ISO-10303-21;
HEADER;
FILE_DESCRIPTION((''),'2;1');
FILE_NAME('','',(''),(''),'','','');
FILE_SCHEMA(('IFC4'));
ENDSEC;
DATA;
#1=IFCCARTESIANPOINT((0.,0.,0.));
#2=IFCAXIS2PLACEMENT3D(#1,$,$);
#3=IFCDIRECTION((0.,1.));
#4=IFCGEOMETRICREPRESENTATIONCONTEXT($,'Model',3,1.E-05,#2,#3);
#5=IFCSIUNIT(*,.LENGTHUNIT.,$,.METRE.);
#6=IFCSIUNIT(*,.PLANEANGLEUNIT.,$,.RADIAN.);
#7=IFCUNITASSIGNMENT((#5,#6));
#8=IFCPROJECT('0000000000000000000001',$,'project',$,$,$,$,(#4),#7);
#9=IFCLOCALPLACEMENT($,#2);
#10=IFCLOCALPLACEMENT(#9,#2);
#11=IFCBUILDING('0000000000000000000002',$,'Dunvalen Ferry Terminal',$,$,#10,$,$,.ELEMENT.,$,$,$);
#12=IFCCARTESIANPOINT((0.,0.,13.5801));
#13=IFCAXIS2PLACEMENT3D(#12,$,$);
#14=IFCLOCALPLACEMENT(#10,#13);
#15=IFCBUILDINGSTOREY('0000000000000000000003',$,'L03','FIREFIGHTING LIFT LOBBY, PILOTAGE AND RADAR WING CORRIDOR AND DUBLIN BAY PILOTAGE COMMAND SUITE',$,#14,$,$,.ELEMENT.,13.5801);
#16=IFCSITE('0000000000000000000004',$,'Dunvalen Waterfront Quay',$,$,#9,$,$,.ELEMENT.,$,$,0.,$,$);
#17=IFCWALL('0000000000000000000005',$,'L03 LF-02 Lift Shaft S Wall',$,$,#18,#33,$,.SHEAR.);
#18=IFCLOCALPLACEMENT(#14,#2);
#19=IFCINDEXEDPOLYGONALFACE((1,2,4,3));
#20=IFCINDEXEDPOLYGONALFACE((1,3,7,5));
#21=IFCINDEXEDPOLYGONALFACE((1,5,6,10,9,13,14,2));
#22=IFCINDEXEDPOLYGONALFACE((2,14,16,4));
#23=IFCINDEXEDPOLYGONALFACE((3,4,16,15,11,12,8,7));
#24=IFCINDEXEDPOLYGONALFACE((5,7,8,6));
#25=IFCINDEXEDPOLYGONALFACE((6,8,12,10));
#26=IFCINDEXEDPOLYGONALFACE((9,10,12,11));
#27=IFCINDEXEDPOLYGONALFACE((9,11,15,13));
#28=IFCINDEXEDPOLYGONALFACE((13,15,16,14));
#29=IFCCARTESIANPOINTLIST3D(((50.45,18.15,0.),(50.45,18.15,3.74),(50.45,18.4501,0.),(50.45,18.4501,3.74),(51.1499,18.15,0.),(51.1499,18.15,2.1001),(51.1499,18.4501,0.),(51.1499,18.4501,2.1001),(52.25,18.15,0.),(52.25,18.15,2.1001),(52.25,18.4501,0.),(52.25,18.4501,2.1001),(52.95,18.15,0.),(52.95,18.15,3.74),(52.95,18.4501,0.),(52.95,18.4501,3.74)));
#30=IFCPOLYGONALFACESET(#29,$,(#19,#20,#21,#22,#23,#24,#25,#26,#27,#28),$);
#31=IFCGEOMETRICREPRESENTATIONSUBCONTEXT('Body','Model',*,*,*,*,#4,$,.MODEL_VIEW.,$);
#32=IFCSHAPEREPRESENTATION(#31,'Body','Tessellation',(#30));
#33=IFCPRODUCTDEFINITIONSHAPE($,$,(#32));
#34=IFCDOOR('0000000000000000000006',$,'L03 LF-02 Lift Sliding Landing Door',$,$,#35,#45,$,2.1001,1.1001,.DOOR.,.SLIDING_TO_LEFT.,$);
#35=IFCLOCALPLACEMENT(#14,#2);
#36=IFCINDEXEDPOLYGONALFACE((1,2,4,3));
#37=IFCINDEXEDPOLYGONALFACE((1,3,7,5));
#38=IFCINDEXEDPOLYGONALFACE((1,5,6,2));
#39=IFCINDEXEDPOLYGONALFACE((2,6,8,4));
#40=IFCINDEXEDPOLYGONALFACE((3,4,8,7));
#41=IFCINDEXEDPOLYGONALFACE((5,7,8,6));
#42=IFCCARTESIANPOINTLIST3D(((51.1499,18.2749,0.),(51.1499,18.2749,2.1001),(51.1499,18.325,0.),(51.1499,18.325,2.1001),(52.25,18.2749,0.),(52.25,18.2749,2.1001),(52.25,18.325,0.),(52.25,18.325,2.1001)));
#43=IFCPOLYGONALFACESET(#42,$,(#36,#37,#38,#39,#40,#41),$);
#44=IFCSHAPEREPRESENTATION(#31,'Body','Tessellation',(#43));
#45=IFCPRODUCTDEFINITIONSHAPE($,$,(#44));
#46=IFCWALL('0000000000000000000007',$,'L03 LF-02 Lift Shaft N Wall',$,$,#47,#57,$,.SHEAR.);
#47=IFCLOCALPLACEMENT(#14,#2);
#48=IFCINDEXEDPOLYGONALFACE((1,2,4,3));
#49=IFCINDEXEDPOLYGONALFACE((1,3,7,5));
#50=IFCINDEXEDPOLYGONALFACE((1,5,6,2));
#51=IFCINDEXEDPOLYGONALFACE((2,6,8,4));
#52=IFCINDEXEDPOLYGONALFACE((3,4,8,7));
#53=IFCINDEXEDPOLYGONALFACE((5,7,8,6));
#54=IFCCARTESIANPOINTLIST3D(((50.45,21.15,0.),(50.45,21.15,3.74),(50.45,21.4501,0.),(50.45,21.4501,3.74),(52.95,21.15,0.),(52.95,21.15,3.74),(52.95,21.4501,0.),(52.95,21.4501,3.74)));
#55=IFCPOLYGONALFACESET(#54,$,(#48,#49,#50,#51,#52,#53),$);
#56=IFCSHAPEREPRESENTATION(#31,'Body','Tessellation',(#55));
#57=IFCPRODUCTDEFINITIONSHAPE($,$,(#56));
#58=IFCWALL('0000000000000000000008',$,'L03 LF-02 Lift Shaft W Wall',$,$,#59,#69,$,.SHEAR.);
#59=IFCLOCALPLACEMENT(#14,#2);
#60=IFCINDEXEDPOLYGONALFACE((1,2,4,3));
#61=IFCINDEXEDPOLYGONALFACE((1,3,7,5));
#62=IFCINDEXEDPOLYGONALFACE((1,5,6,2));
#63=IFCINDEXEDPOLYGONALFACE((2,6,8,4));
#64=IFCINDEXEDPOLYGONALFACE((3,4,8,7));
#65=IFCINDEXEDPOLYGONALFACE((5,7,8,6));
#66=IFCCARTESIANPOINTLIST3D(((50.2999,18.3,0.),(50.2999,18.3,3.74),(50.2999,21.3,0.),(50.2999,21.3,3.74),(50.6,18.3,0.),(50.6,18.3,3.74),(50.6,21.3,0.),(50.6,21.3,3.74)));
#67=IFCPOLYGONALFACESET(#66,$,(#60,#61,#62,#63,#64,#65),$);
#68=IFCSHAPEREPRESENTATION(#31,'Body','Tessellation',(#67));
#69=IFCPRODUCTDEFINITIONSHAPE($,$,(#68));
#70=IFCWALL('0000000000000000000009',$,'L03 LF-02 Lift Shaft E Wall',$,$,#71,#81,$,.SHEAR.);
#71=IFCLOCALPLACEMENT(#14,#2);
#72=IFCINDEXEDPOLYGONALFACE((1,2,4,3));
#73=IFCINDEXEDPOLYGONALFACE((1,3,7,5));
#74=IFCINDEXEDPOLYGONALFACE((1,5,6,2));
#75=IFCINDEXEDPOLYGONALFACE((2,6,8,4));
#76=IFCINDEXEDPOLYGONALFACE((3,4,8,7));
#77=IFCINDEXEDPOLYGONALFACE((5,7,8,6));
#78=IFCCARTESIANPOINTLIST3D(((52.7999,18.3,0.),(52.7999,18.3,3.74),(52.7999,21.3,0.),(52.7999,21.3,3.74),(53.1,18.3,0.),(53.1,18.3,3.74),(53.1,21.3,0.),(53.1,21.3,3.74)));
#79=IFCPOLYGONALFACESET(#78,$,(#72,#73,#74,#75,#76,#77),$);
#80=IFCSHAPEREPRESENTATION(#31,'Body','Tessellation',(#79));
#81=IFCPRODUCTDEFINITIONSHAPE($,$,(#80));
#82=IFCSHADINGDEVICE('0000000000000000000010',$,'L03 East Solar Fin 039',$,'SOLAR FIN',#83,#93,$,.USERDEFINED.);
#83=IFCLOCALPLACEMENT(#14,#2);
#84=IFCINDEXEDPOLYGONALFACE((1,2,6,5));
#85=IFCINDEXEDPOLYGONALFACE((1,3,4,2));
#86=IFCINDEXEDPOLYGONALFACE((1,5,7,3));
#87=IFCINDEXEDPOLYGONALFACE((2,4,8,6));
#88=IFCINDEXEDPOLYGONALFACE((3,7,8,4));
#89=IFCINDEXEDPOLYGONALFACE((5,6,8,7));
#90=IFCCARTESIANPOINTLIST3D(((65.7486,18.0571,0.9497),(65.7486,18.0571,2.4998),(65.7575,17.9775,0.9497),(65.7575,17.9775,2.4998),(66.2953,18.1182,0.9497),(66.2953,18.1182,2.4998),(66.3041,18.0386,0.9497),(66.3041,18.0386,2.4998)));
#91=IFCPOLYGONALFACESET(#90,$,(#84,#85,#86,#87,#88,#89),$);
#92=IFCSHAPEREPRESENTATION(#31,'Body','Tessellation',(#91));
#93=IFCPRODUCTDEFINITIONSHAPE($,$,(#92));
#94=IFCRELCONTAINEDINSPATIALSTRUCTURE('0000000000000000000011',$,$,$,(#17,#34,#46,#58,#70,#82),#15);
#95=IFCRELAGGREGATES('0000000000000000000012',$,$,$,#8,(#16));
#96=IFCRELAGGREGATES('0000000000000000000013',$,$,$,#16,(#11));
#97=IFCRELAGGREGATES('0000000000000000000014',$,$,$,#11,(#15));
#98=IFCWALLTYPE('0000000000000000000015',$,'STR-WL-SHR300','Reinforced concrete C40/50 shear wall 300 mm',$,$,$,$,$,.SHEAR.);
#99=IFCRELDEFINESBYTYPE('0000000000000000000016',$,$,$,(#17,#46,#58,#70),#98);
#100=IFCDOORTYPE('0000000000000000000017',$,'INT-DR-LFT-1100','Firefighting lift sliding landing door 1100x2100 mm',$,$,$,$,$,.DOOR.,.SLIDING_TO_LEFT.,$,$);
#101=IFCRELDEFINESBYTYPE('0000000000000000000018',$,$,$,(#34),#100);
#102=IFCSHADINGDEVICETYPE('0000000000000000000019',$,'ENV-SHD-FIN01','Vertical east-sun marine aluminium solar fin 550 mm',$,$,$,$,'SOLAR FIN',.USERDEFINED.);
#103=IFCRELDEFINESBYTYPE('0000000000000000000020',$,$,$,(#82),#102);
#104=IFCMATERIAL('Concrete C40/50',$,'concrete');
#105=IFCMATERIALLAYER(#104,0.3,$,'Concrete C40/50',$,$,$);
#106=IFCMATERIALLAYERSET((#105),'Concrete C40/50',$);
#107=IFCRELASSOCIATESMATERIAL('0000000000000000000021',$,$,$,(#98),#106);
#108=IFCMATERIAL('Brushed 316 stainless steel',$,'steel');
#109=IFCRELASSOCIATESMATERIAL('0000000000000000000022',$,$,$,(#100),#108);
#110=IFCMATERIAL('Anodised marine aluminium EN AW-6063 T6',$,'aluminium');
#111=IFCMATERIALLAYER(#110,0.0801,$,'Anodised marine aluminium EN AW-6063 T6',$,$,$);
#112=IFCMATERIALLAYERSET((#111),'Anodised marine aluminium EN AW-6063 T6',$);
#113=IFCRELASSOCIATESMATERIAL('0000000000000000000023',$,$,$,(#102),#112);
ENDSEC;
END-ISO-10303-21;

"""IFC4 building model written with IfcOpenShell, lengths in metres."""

from ifc_helpers import new_model, si_unit, direction, frame, frame_2d, origin, origin_2d, place, context, subcontext, project, spatial, rectangle, extrude, material, layer, layer_set, type_object, element, fill, save


model = new_model("IFC4")

# Units and contexts
model_context = context("Model", 3, precision=1e-05, world=origin(), true_north=direction((0.0, 1.0)))
body_context = subcontext(model_context, "Body", "Model", "MODEL_VIEW")
ifc_project = project(units=[si_unit("LENGTHUNIT", "METRE"), si_unit("PLANEANGLEUNIT", "RADIAN")], contexts=[model_context])

# Site, building, storey
site_placement = place(None, origin())
site = spatial("IfcSite", under=ifc_project, at=site_placement, Name="Dunvalen Waterfront Quay", CompositionType="ELEMENT", RefElevation=0.0)
building_placement = place(site_placement, origin())
building = spatial("IfcBuilding", under=site, at=building_placement, Name="Dunvalen Ferry Terminal", CompositionType="ELEMENT")
storey_placement = place(building_placement, frame((0.0, 0.0, 13.5801)))
storey = spatial("IfcBuildingStorey", under=building, at=storey_placement, Name="L03", Description="FIREFIGHTING LIFT LOBBY, PILOTAGE AND RADAR WING CORRIDOR AND DUBLIN BAY PILOTAGE COMMAND SUITE", CompositionType="ELEMENT", Elevation=13.5801)

# Shared definitions
ifc_material_1 = material(Name="Concrete C40/50", Category="concrete")

# Shared definitions
ifc_layer_1 = layer(ifc_material_1, 0.3, Name="Concrete C40/50")
ifc_layer_set_1 = layer_set([ifc_layer_1], Name="Concrete C40/50")
wall_type_1 = type_object("IfcWallType", Name="STR-WL-SHR300", Description="Reinforced concrete C40/50 shear wall 300 mm", PredefinedType="SHEAR", material=ifc_layer_set_1)

# Wall, opening, door
wall_1_placement = place(storey_placement, frame((50.45, 18.3, 0.0), z_axis=(0.0, 0.0, 1.0), x_axis=(1.0, 0.0, 0.0)))
wall_1 = element("IfcWall", 1, at=wall_1_placement, inside=storey, type_object=wall_type_1, Name="L03 LF-02 Lift Shaft S Wall", PredefinedType="SHEAR", context=body_context, shape_type="SweptSolid", body=[
    extrude(rectangle(XDim=2.5, YDim=0.3, at=frame_2d((1.25, 0.0))), origin(), (0.0, 0.0, 1.0), 3.74),
])
opening_1_placement = place(wall_1_placement, frame((0.7, 0.0, 0.0)))
opening_1 = element("IfcOpeningElement", 2, at=opening_1_placement, cuts=wall_1, PredefinedType="OPENING", context=body_context, shape_type="SweptSolid", body=[
    extrude(rectangle(XDim=1.1001, YDim=2.1001, at=frame_2d((0.55, 1.05))), frame((0.0, 0.1602, 0.0), z_axis=(0.0, -1.0, 0.0), x_axis=(1.0, 0.0, 0.0)), (0.0, 0.0, 1.0), 0.3201),
])
ifc_material_2 = material(Name="Brushed 316 stainless steel", Category="steel")
door_type_1 = type_object("IfcDoorType", Name="INT-DR-LFT-1100", Description="Firefighting lift sliding landing door 1100x2100 mm", OperationType="SLIDING_TO_LEFT", PredefinedType="DOOR", material=ifc_material_2)
door_1_placement = place(opening_1_placement, origin())
door_1 = element("IfcDoor", 3, at=door_1_placement, inside=storey, type_object=door_type_1, Name="L03 LF-02 Lift Sliding Landing Door", OperationType="SLIDING_TO_LEFT", OverallHeight=2.1001, OverallWidth=1.1001, PredefinedType="DOOR", context=body_context, shape_type="SweptSolid", body=[
    extrude(rectangle(XDim=1.1001, YDim=2.1001, at=frame_2d((0.55, 1.05))), frame((0.0, 0.0249, 0.0), z_axis=(0.0, -1.0, 0.0), x_axis=(1.0, 0.0, 0.0)), (0.0, 0.0, 1.0), 0.05),
])
fill(opening_1, door_1)

# Walls
wall_2_placement = place(storey_placement, frame((50.45, 21.3, 0.0), z_axis=(0.0, 0.0, 1.0), x_axis=(1.0, 0.0, 0.0)))
element("IfcWall", 4, at=wall_2_placement, inside=storey, type_object=wall_type_1, Name="L03 LF-02 Lift Shaft N Wall", PredefinedType="SHEAR", context=body_context, shape_type="SweptSolid", body=[
    extrude(rectangle(XDim=2.5, YDim=0.3, at=frame_2d((1.25, 0.0))), origin(), (0.0, 0.0, 1.0), 3.74),
])
for number, where, z_axis, x_axis, name in (
    (5, (50.45, 18.3, 0.0), (0.0, 0.0, 1.0), (0.0, 1.0, 0.0), "L03 LF-02 Lift Shaft W Wall"),
    (6, (52.95, 18.3, 0.0), (0.0, 0.0, 1.0), (0.0, 1.0, 0.0), "L03 LF-02 Lift Shaft E Wall"),
):
    element("IfcWall", number, at=place(storey_placement, frame(where, z_axis=z_axis, x_axis=x_axis)), inside=storey, type_object=wall_type_1, Name=name, PredefinedType="SHEAR", context=body_context, shape_type="SweptSolid", body=[
        extrude(rectangle(XDim=3.0, YDim=0.3, at=frame_2d((1.5, 0.0))), origin(), (0.0, 0.0, 1.0), 3.74),
    ])

# Shading device
ifc_material_3 = material(Name="Anodised marine aluminium EN AW-6063 T6", Category="aluminium")
ifc_layer_2 = layer(ifc_material_3, 0.0801, Name="Anodised marine aluminium EN AW-6063 T6")
ifc_layer_set_2 = layer_set([ifc_layer_2], Name="Anodised marine aluminium EN AW-6063 T6")
shading_device_type = type_object("IfcShadingDeviceType", Name="ENV-SHD-FIN01", Description="Vertical east-sun marine aluminium solar fin 550 mm", ElementType="SOLAR FIN", PredefinedType="USERDEFINED", material=ifc_layer_set_2)
shading_device_placement = place(storey_placement, frame((66.0264, 18.0479, 0.9497), z_axis=(0.0, 0.0, 1.0), x_axis=(-0.11095, 0.993826, 0.0)))
element("IfcShadingDevice", 7, at=shading_device_placement, inside=storey, type_object=shading_device_type, Name="L03 East Solar Fin 039", ObjectType="SOLAR FIN", PredefinedType="USERDEFINED", context=body_context, shape_type="SweptSolid", body=[
    extrude(rectangle(XDim=0.0801, YDim=0.55, at=origin_2d()), origin(), (0.0, 0.0, 1.0), 1.55),
])

save(model, "model.ifc")
